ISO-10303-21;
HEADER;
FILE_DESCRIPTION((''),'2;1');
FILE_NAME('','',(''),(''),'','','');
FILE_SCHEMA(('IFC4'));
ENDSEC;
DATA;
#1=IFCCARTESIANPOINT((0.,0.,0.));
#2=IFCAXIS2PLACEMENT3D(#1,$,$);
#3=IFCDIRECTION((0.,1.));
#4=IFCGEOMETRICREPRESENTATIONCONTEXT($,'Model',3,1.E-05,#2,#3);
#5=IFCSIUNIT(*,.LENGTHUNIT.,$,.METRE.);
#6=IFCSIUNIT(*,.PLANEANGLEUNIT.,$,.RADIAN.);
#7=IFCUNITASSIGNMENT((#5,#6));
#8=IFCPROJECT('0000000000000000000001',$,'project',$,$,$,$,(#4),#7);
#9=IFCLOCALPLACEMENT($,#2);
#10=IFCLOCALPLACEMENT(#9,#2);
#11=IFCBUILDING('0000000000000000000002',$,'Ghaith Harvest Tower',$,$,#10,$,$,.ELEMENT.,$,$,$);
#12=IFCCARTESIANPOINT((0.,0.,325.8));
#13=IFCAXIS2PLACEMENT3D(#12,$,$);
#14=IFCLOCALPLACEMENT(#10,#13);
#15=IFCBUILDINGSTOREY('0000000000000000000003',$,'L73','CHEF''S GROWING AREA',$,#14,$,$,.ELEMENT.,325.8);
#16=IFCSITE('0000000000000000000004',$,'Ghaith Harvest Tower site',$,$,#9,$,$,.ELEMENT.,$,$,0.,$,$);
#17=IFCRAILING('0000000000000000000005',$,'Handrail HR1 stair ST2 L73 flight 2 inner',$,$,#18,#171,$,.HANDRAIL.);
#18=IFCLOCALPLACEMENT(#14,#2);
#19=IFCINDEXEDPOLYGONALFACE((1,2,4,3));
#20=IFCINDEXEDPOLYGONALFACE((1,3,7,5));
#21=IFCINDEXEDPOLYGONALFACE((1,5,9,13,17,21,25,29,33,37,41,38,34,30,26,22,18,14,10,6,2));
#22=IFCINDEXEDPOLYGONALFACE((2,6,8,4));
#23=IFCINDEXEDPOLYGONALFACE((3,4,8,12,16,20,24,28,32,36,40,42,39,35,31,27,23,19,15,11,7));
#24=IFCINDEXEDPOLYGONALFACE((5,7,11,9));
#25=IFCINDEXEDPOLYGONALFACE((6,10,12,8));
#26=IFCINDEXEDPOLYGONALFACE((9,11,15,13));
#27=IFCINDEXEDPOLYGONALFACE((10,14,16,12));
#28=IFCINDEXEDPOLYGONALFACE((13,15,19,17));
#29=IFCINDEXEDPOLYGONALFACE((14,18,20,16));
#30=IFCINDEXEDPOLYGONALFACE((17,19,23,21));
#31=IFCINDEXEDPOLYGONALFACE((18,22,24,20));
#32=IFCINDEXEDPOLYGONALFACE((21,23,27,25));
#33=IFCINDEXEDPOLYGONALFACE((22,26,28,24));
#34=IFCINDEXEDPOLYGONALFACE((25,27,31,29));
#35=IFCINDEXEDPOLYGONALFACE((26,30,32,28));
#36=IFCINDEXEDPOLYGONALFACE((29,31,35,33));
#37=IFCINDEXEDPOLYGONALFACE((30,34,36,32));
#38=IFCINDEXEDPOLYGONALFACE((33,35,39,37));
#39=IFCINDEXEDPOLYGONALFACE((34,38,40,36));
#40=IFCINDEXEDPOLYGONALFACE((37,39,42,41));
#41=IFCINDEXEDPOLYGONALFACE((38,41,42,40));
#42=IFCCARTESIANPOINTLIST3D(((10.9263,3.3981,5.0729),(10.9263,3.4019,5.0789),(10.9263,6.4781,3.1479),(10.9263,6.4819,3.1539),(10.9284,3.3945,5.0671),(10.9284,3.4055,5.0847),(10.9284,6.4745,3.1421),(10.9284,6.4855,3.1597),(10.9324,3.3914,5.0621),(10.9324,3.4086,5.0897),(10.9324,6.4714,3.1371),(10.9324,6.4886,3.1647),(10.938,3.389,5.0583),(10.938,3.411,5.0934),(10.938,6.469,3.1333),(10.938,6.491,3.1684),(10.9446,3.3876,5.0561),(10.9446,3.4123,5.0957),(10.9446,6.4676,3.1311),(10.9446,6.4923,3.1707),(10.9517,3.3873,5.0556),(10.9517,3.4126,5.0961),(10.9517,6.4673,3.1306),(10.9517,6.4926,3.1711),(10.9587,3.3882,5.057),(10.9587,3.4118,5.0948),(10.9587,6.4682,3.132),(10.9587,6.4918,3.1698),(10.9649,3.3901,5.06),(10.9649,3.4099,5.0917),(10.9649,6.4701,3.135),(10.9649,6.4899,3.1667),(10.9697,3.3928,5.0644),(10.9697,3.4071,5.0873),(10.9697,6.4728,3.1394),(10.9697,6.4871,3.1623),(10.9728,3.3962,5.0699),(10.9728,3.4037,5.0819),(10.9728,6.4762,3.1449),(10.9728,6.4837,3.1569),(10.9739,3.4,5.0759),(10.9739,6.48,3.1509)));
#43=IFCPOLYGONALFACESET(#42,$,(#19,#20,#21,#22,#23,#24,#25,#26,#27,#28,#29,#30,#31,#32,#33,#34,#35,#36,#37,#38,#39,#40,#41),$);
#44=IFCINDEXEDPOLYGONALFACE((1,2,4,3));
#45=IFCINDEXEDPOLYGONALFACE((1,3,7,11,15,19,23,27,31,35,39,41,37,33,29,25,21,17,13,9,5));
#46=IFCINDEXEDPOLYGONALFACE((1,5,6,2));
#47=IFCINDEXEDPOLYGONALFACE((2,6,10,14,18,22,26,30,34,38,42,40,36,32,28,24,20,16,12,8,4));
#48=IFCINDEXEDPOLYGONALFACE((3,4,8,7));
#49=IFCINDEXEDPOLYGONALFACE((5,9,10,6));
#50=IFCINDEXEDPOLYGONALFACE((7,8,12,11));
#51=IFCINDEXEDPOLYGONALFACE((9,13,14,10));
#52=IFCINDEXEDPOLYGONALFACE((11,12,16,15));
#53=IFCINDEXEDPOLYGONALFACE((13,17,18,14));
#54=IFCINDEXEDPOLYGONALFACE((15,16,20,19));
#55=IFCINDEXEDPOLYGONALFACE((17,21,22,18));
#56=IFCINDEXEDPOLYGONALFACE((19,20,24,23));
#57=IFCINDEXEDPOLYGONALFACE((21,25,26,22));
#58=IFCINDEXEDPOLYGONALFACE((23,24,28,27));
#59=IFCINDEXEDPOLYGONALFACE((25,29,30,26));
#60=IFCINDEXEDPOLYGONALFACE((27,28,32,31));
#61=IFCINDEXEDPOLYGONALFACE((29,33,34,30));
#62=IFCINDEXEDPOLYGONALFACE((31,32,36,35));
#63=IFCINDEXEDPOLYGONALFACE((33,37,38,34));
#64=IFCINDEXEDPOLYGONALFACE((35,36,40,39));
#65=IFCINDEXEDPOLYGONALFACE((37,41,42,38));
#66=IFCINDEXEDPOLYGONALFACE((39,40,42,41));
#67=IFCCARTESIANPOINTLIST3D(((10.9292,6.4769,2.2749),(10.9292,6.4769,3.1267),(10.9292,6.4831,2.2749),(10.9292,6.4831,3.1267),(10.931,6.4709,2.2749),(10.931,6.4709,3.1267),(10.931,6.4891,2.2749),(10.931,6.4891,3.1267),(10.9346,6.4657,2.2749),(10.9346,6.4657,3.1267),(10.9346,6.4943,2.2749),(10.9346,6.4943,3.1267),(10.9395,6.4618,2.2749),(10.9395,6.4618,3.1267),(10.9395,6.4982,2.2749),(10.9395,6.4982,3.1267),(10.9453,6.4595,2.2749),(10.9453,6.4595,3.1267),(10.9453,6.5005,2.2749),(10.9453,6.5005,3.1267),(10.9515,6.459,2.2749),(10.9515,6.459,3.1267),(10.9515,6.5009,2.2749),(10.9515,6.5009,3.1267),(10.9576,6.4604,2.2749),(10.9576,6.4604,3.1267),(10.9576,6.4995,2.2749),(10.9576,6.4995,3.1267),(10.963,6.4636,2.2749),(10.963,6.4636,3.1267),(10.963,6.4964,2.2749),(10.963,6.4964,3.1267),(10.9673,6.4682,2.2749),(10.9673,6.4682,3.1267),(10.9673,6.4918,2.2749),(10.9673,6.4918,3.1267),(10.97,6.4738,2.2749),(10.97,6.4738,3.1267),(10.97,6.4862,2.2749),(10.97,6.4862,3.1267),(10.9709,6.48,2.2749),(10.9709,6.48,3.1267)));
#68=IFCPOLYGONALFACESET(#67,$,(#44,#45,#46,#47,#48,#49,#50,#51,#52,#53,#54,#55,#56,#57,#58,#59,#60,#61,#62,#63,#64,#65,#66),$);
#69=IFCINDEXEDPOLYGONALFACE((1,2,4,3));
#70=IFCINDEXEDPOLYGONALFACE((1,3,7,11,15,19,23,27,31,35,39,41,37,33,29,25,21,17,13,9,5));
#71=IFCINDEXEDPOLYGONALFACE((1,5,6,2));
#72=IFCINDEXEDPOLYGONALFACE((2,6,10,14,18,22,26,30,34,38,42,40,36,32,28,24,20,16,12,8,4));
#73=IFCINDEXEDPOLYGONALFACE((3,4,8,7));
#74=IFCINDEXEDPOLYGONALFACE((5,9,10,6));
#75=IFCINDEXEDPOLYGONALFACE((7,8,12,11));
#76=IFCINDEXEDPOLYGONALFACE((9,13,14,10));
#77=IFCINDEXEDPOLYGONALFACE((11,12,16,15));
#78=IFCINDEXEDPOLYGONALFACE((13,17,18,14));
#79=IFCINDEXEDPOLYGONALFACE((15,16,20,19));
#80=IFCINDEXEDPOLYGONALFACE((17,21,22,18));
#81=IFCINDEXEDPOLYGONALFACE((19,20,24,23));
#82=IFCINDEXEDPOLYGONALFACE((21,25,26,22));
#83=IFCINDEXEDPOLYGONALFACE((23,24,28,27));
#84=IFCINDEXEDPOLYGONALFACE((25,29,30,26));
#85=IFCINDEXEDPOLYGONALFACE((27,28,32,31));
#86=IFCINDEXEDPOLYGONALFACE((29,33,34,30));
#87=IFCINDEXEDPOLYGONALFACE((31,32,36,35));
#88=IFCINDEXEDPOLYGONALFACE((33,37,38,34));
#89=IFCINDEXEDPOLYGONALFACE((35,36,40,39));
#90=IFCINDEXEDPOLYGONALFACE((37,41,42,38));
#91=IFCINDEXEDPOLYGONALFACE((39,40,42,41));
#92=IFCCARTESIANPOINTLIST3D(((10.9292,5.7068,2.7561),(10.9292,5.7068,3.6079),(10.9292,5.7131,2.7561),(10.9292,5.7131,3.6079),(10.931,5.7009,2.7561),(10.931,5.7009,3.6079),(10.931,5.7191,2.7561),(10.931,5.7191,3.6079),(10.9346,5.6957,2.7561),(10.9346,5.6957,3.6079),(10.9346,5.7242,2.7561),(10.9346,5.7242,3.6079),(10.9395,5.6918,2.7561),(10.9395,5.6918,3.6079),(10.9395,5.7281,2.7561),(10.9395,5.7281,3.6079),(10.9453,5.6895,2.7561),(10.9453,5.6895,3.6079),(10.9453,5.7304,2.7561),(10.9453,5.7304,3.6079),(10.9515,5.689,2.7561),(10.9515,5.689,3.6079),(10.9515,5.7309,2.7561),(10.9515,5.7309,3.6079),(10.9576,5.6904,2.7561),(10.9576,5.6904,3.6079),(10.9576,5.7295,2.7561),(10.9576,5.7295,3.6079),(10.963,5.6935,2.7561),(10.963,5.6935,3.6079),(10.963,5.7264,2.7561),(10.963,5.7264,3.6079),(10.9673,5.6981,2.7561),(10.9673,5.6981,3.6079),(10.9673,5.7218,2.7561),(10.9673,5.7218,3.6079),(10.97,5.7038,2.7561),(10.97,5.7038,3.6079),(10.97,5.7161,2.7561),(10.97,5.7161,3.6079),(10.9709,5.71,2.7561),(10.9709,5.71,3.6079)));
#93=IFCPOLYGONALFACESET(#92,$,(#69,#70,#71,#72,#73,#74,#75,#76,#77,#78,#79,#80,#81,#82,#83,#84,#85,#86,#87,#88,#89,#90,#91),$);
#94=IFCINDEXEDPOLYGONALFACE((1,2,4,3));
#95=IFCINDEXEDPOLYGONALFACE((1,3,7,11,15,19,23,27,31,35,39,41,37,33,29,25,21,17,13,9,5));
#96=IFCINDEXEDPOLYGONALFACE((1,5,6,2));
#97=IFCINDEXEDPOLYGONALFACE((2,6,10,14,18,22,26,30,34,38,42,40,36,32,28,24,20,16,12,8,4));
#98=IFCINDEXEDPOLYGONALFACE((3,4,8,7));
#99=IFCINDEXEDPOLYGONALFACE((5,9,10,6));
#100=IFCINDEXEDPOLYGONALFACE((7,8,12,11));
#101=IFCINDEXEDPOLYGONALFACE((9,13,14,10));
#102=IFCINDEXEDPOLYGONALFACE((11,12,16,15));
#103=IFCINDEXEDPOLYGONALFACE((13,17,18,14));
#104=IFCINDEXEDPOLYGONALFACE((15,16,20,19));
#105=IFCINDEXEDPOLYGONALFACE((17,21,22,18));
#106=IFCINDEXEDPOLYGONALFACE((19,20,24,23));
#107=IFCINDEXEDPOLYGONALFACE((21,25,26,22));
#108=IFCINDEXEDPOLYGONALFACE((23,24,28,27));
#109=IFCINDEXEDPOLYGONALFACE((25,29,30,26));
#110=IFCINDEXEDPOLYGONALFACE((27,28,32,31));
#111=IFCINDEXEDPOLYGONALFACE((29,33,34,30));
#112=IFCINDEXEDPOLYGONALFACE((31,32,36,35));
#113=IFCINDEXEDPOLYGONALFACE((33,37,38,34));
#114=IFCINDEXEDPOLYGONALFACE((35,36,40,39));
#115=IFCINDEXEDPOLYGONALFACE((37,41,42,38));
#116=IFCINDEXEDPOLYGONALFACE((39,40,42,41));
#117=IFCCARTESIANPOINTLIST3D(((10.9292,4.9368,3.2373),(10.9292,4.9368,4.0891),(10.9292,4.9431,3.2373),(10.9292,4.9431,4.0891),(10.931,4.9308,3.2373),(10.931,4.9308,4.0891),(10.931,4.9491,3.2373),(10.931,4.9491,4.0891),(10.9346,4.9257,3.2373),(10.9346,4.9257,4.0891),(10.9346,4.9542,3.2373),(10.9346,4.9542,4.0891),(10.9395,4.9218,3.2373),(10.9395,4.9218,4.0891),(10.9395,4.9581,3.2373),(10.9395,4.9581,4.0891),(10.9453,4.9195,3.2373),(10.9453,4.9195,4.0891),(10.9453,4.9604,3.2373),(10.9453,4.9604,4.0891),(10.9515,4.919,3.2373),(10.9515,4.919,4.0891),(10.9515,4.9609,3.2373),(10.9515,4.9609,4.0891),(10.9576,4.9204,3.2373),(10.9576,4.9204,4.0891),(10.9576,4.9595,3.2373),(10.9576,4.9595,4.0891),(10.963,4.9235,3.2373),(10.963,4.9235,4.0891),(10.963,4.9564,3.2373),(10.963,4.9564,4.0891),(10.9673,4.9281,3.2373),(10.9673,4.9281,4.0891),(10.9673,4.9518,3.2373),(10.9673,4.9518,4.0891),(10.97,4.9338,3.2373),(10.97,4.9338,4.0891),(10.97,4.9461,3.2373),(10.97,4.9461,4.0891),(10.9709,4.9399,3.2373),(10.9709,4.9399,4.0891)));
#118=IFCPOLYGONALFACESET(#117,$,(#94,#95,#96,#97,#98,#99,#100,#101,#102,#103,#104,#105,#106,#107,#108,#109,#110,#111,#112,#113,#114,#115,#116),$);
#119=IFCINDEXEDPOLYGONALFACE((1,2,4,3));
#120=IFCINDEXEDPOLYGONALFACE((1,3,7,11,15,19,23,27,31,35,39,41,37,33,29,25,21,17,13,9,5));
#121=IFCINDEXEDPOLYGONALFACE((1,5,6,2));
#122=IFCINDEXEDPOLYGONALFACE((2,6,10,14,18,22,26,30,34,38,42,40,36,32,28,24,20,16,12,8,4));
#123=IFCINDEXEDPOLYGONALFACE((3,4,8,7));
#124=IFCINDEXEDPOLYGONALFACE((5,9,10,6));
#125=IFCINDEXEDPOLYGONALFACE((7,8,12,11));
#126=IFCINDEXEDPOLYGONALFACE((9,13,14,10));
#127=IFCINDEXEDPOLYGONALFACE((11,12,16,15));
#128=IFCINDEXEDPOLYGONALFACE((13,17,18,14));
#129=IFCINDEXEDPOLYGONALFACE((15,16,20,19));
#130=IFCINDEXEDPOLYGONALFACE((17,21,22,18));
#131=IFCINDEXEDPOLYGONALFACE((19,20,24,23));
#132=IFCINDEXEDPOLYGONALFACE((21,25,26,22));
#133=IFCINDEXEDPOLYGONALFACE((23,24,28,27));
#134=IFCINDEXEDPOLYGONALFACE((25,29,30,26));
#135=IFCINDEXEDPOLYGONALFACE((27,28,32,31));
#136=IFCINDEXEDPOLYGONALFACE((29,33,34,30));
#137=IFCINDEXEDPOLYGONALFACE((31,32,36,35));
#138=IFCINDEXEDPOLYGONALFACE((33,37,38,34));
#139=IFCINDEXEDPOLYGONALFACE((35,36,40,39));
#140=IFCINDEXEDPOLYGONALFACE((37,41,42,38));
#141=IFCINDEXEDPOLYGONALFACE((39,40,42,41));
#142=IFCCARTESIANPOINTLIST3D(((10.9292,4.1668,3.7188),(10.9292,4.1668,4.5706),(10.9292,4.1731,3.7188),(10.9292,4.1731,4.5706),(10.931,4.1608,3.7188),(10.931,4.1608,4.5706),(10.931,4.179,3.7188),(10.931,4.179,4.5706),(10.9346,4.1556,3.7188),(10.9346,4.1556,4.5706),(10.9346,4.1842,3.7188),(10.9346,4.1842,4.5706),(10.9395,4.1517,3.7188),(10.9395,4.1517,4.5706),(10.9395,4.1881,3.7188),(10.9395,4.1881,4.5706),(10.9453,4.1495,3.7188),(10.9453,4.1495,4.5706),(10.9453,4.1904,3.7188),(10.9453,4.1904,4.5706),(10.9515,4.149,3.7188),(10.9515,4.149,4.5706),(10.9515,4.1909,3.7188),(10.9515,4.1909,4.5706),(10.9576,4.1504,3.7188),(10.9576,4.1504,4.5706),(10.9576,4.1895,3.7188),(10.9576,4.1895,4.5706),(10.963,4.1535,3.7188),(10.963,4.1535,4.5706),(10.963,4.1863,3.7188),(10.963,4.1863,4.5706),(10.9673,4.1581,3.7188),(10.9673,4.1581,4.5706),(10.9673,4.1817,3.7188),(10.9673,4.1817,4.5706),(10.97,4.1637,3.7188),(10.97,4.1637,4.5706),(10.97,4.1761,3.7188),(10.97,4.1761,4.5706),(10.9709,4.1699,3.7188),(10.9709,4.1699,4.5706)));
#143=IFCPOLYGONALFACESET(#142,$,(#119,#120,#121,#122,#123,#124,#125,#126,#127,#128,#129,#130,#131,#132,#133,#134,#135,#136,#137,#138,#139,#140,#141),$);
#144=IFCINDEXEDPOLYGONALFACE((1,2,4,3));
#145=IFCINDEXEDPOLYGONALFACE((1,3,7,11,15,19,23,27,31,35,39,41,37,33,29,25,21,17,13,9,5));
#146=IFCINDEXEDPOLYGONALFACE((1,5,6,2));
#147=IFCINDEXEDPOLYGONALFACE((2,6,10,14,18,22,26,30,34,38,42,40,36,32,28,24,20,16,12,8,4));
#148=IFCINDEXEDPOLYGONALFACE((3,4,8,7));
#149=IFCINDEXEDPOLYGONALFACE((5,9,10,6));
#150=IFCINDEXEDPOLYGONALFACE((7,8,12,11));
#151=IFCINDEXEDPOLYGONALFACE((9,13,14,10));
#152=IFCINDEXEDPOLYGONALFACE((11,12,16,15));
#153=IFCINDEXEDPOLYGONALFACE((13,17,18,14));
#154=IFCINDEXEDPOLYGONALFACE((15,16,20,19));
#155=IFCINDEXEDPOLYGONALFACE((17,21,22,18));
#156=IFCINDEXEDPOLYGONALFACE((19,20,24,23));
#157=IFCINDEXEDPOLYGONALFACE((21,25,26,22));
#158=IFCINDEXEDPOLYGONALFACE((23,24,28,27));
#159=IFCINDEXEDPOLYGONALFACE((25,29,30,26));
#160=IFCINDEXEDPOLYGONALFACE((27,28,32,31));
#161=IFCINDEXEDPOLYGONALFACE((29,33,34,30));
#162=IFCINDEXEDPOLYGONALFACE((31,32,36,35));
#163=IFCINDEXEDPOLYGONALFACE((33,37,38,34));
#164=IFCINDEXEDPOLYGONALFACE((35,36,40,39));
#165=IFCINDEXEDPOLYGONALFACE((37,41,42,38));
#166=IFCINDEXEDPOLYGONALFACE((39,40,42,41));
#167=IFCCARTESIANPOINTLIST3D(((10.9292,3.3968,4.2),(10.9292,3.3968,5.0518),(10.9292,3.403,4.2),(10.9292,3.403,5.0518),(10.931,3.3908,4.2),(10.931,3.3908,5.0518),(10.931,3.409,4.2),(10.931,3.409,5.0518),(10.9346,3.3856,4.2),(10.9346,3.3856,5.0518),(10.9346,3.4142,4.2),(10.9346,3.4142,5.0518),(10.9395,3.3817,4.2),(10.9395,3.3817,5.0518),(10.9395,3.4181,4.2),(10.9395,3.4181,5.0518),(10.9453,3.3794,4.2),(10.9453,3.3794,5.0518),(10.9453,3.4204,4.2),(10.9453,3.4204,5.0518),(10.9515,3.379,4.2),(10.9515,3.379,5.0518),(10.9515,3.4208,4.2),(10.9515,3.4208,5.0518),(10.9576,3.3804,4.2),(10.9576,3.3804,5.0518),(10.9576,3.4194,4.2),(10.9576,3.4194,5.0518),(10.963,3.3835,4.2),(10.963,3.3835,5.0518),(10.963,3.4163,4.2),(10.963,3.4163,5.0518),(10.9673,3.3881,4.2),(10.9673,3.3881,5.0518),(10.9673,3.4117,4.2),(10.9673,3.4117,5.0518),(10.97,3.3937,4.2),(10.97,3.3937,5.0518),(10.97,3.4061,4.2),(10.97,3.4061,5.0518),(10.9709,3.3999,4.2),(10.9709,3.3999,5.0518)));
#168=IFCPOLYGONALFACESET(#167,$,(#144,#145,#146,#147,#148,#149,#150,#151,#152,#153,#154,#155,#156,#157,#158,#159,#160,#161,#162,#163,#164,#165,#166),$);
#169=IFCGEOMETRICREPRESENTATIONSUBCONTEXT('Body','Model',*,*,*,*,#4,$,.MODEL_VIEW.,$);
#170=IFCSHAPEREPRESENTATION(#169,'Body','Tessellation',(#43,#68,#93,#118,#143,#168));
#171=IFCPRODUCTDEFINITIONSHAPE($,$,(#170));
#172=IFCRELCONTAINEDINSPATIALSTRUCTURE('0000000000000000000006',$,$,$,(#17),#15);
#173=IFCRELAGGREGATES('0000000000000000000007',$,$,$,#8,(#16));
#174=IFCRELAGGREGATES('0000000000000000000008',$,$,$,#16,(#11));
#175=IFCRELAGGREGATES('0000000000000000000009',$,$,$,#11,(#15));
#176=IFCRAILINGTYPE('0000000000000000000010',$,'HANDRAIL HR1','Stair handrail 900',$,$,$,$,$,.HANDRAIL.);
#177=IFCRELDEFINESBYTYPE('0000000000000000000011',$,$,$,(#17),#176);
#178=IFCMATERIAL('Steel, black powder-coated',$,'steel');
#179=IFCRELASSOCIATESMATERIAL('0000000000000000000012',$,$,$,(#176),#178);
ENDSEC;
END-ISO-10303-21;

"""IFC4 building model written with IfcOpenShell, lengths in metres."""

from ifc_helpers import new_model, si_unit, direction, frame, origin, origin_2d, place, context, subcontext, project, spatial, circle, extrude, material, type_object, element, save


model = new_model("IFC4")

# Units and contexts
model_context = context("Model", 3, precision=1e-05, world=origin(), true_north=direction((0.0, 1.0)))
body_context = subcontext(model_context, "Body", "Model", "MODEL_VIEW")
ifc_project = project(units=[si_unit("LENGTHUNIT", "METRE"), si_unit("PLANEANGLEUNIT", "RADIAN")], contexts=[model_context])

# Site, building, storey
site_placement = place(None, origin())
site = spatial("IfcSite", under=ifc_project, at=site_placement, Name="Ghaith Harvest Tower site", CompositionType="ELEMENT", RefElevation=0.0)
building_placement = place(site_placement, origin())
building = spatial("IfcBuilding", under=site, at=building_placement, Name="Ghaith Harvest Tower", CompositionType="ELEMENT")
storey_placement = place(building_placement, frame((0.0, 0.0, 325.8)))
storey = spatial("IfcBuildingStorey", under=building, at=storey_placement, Name="L73", Description="CHEF'S GROWING AREA", CompositionType="ELEMENT", Elevation=325.8)

# Railing
ifc_material_1 = material(Name="Steel, black powder-coated", Category="steel")
railing_type = type_object("IfcRailingType", Name="HANDRAIL HR1", Description="Stair handrail 900", PredefinedType="HANDRAIL", material=ifc_material_1)
railing_1_placement = place(storey_placement, frame((10.95, 6.48, 2.2749)))
element("IfcRailing", 1, at=railing_1_placement, inside=storey, type_object=railing_type, Name="Handrail HR1 stair ST2 L73 flight 2 inner", PredefinedType="HANDRAIL", context=body_context, shape_type="SweptSolid", body=[
    extrude(circle(Radius=0.0239, at=origin_2d()), frame((0.0, 0.0, 0.876), z_axis=(0.0, -0.847998, 0.529999), x_axis=(1.0, 0.0, 0.0)), (0.0, 0.0, 1.0), 3.6321),
    extrude(circle(Radius=0.021, at=origin_2d()), origin(), (0.0, 0.0, 1.0), 0.8518),
    extrude(circle(Radius=0.021, at=origin_2d()), frame((0.0, -0.77, 0.4812)), (0.0, 0.0, 1.0), 0.8518),
    extrude(circle(Radius=0.021, at=origin_2d()), frame((0.0, -1.54, 0.9624)), (0.0, 0.0, 1.0), 0.8518),
    extrude(circle(Radius=0.021, at=origin_2d()), frame((0.0, -2.3101, 1.4438)), (0.0, 0.0, 1.0), 0.8518),
    extrude(circle(Radius=0.021, at=origin_2d()), frame((0.0, -3.0801, 1.925)), (0.0, 0.0, 1.0), 0.8518),
])

save(model, "model.ifc")
